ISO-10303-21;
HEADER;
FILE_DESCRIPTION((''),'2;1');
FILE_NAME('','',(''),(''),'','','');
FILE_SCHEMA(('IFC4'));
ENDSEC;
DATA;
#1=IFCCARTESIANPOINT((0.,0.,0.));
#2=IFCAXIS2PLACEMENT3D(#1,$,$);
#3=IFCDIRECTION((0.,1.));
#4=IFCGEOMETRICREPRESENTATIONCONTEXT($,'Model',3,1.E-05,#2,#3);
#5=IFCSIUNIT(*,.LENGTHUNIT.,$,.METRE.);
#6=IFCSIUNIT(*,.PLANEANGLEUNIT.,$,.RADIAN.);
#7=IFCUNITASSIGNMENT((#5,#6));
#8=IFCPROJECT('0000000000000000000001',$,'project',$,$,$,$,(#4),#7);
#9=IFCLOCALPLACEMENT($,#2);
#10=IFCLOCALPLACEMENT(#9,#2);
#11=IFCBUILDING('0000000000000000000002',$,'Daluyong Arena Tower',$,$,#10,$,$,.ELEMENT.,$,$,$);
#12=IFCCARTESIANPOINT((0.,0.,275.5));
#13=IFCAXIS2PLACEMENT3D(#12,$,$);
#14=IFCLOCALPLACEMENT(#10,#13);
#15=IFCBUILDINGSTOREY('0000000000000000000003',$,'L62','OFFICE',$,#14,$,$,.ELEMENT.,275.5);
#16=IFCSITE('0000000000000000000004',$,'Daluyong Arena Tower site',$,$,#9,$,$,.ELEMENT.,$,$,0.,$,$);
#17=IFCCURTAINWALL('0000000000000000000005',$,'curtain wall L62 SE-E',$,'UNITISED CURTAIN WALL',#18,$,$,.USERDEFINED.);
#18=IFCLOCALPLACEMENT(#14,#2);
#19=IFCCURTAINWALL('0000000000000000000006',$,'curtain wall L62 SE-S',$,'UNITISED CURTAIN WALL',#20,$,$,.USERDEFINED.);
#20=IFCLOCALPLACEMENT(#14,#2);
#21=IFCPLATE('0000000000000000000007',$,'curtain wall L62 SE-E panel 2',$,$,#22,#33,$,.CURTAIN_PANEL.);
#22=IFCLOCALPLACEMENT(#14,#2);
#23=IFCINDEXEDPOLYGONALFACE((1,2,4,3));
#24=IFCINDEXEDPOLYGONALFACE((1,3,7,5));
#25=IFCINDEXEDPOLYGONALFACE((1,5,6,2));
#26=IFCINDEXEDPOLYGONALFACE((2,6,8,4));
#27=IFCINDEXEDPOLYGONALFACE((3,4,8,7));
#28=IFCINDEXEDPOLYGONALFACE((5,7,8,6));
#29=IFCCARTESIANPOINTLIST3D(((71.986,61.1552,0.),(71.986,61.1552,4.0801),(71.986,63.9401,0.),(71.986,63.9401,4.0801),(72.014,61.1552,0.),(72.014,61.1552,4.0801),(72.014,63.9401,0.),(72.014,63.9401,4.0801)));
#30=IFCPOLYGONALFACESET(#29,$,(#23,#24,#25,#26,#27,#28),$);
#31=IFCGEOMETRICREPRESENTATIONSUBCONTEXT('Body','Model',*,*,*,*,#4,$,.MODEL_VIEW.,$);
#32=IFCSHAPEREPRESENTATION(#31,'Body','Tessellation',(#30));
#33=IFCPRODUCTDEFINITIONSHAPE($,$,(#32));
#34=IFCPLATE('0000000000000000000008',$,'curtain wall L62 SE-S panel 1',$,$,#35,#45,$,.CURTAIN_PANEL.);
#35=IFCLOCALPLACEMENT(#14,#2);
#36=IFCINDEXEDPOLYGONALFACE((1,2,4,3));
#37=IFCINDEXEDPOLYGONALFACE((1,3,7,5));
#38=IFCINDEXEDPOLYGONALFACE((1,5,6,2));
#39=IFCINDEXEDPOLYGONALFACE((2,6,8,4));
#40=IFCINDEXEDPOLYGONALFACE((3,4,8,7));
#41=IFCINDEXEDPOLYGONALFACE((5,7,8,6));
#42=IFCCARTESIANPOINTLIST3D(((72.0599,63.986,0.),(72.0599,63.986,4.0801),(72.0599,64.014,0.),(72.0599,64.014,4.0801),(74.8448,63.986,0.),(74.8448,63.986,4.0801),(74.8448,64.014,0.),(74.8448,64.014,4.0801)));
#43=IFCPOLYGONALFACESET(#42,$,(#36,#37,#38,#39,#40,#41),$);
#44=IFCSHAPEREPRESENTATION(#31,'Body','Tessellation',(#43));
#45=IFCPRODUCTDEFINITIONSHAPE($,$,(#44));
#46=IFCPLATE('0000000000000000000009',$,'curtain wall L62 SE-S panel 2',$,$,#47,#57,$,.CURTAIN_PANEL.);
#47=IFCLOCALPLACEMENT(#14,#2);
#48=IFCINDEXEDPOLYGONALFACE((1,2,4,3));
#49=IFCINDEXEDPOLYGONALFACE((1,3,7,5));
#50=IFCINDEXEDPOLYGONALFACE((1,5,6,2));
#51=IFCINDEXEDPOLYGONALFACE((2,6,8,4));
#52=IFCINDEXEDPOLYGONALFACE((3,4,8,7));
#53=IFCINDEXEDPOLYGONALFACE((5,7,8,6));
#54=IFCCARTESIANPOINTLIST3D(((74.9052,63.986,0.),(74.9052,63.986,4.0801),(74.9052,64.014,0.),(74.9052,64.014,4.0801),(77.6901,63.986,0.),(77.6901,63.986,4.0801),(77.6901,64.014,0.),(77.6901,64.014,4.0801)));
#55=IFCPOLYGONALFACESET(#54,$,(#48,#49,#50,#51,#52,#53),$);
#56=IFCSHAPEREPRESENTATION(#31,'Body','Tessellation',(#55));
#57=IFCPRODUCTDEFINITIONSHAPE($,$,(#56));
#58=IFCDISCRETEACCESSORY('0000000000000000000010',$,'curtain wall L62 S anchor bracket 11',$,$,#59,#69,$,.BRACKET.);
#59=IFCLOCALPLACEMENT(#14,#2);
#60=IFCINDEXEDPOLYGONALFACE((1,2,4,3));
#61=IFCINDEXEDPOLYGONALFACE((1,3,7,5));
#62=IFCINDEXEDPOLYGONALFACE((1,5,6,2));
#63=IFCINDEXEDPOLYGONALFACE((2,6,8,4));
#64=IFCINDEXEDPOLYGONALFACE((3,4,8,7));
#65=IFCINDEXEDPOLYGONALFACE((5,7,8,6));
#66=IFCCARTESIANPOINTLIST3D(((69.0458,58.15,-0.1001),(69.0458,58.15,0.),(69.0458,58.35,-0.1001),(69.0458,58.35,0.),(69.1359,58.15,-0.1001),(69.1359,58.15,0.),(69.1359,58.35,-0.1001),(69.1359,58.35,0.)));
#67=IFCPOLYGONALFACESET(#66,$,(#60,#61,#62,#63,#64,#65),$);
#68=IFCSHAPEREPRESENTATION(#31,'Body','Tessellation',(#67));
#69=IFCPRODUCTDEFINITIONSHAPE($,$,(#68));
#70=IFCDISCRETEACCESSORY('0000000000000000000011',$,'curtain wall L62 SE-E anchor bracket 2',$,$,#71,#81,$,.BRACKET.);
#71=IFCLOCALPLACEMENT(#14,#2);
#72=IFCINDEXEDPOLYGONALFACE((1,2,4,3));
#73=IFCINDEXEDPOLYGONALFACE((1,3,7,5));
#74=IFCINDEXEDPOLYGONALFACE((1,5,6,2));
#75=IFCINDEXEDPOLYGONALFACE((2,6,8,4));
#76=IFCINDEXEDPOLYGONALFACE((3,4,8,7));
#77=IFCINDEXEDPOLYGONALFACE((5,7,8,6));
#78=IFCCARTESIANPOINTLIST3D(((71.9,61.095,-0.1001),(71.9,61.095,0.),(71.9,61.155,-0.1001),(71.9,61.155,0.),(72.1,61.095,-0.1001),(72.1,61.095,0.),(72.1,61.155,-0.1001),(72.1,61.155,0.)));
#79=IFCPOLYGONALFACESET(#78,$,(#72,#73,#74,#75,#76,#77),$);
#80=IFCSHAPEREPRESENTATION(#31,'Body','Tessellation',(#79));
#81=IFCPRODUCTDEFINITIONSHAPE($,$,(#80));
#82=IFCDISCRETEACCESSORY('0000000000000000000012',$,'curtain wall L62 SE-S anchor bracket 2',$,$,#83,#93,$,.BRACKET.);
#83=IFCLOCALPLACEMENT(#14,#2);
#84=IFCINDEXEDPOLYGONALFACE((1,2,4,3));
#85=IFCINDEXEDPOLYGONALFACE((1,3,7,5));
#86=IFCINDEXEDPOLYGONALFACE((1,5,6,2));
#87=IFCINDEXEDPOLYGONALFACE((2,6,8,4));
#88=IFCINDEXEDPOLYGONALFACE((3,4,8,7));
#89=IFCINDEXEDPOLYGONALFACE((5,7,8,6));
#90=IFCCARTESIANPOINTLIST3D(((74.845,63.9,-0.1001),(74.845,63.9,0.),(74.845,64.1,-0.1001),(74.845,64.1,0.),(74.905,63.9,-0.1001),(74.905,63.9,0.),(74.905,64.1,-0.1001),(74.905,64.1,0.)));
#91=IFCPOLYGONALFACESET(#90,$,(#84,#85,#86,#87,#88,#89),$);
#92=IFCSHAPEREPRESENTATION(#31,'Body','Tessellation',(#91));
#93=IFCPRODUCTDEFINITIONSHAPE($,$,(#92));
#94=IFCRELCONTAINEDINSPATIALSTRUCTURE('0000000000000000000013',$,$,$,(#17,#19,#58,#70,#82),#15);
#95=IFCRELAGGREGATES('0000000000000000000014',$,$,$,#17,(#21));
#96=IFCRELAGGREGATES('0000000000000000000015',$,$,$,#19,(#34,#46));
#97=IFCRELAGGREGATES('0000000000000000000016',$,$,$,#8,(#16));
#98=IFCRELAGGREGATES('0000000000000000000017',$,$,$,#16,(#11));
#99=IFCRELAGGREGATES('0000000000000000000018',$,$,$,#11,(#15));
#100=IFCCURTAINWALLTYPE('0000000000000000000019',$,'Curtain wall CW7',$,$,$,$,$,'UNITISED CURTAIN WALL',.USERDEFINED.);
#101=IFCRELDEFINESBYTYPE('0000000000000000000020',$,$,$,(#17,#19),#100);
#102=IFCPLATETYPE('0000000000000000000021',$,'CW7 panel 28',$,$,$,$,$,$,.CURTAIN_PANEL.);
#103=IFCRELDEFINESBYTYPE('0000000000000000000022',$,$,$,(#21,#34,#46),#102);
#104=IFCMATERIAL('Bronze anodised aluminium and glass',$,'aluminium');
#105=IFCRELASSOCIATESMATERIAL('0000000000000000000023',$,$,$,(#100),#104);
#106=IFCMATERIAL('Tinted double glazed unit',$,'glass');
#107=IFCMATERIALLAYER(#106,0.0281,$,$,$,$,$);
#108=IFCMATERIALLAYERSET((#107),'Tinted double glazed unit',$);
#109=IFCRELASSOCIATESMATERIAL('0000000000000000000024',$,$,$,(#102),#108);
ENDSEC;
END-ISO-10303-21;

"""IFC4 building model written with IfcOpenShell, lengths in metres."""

from ifc_helpers import new_model, si_unit, direction, frame, origin, origin_2d, place, context, subcontext, project, spatial, rectangle, extrude, material, layer, layer_set, type_object, element, aggregate, save


model = new_model("IFC4")

# Units and contexts
model_context = context("Model", 3, precision=1e-05, world=origin(), true_north=direction((0.0, 1.0)))
body_context = subcontext(model_context, "Body", "Model", "MODEL_VIEW")
ifc_project = project(units=[si_unit("LENGTHUNIT", "METRE"), si_unit("PLANEANGLEUNIT", "RADIAN")], contexts=[model_context])

# Site, building, storey
site_placement = place(None, origin())
site = spatial("IfcSite", under=ifc_project, at=site_placement, Name="Daluyong Arena Tower site", CompositionType="ELEMENT", RefElevation=0.0)
building_placement = place(site_placement, origin())
building = spatial("IfcBuilding", under=site, at=building_placement, Name="Daluyong Arena Tower", CompositionType="ELEMENT")
storey_placement = place(building_placement, frame((0.0, 0.0, 275.5)))
storey = spatial("IfcBuildingStorey", under=building, at=storey_placement, Name="L62", Description="OFFICE", CompositionType="ELEMENT", Elevation=275.5)

# Curtain walls
ifc_material_1 = material(Name="Bronze anodised aluminium and glass", Category="aluminium")
curtain_wall_type_1 = type_object("IfcCurtainWallType", Name="Curtain wall CW7", ElementType="UNITISED CURTAIN WALL", PredefinedType="USERDEFINED", material=ifc_material_1)
curtain_wall_1_placement = place(storey_placement, origin())
curtain_wall_1 = element("IfcCurtainWall", 1, at=curtain_wall_1_placement, inside=storey, type_object=curtain_wall_type_1, Name="curtain wall L62 SE-E", ObjectType="UNITISED CURTAIN WALL", PredefinedType="USERDEFINED")
curtain_wall_2_placement = place(storey_placement, origin())
curtain_wall_2 = element("IfcCurtainWall", 2, at=curtain_wall_2_placement, inside=storey, type_object=curtain_wall_type_1, Name="curtain wall L62 SE-S", ObjectType="UNITISED CURTAIN WALL", PredefinedType="USERDEFINED")

# Plates
ifc_material_2 = material(Name="Tinted double glazed unit", Category="glass")
ifc_layer_1 = layer(ifc_material_2, 0.0281)
ifc_layer_set_1 = layer_set([ifc_layer_1], Name="Tinted double glazed unit")
plate_type_1 = type_object("IfcPlateType", Name="CW7 panel 28", PredefinedType="CURTAIN_PANEL", material=ifc_layer_set_1)
plate_1_placement = place(storey_placement, frame((72.0, 62.5476, 0.0), z_axis=(0.0, 0.0, 1.0), x_axis=(0.0, 1.0, 0.0)))
plate_1 = element("IfcPlate", 3, at=plate_1_placement, type_object=plate_type_1, Name="curtain wall L62 SE-E panel 2", PredefinedType="CURTAIN_PANEL", context=body_context, shape_type="SweptSolid", body=[
    extrude(rectangle(XDim=2.7849, YDim=0.0281, at=origin_2d()), origin(), (0.0, 0.0, 1.0), 4.0801),
])
aggregate(curtain_wall_1, [plate_1])
plate_2_placement = place(storey_placement, frame((73.4524, 64.0, 0.0), z_axis=(0.0, 0.0, 1.0), x_axis=(1.0, 0.0, 0.0)))
plate_2 = element("IfcPlate", 4, at=plate_2_placement, type_object=plate_type_1, Name="curtain wall L62 SE-S panel 1", PredefinedType="CURTAIN_PANEL", context=body_context, shape_type="SweptSolid", body=[
    extrude(rectangle(XDim=2.7849, YDim=0.0281, at=origin_2d()), origin(), (0.0, 0.0, 1.0), 4.0801),
])
plate_3_placement = place(storey_placement, frame((76.2976, 64.0, 0.0), z_axis=(0.0, 0.0, 1.0), x_axis=(1.0, 0.0, 0.0)))
plate_3 = element("IfcPlate", 5, at=plate_3_placement, type_object=plate_type_1, Name="curtain wall L62 SE-S panel 2", PredefinedType="CURTAIN_PANEL", context=body_context, shape_type="SweptSolid", body=[
    extrude(rectangle(XDim=2.7849, YDim=0.0281, at=origin_2d()), origin(), (0.0, 0.0, 1.0), 4.0801),
])
aggregate(curtain_wall_2, [plate_2, plate_3])

# Discrete accessories
discrete_accessory_placement = place(storey_placement, frame((69.0908, 58.25, -0.1001), z_axis=(0.0, 0.0, 1.0), x_axis=(1.0, 0.0, 0.0)))
element("IfcDiscreteAccessory", 6, at=discrete_accessory_placement, inside=storey, Name="curtain wall L62 S anchor bracket 11", PredefinedType="BRACKET", context=body_context, shape_type="SweptSolid", body=[
    extrude(rectangle(XDim=0.0901, YDim=0.2, at=origin_2d()), origin(), (0.0, 0.0, 1.0), 0.1001),
])
for number, where, z_axis, x_axis, name in (
    (7, (72.0, 61.125, -0.1001), (0.0, 0.0, 1.0), (0.0, 1.0, 0.0), "curtain wall L62 SE-E anchor bracket 2"),
    (8, (74.875, 64.0, -0.1001), (0.0, 0.0, 1.0), (1.0, 0.0, 0.0), "curtain wall L62 SE-S anchor bracket 2"),
):
    element("IfcDiscreteAccessory", number, at=place(storey_placement, frame(where, z_axis=z_axis, x_axis=x_axis)), inside=storey, Name=name, PredefinedType="BRACKET", context=body_context, shape_type="SweptSolid", body=[
        extrude(rectangle(XDim=0.0601, YDim=0.2, at=origin_2d()), origin(), (0.0, 0.0, 1.0), 0.1001),
    ])

save(model, "model.ifc")
